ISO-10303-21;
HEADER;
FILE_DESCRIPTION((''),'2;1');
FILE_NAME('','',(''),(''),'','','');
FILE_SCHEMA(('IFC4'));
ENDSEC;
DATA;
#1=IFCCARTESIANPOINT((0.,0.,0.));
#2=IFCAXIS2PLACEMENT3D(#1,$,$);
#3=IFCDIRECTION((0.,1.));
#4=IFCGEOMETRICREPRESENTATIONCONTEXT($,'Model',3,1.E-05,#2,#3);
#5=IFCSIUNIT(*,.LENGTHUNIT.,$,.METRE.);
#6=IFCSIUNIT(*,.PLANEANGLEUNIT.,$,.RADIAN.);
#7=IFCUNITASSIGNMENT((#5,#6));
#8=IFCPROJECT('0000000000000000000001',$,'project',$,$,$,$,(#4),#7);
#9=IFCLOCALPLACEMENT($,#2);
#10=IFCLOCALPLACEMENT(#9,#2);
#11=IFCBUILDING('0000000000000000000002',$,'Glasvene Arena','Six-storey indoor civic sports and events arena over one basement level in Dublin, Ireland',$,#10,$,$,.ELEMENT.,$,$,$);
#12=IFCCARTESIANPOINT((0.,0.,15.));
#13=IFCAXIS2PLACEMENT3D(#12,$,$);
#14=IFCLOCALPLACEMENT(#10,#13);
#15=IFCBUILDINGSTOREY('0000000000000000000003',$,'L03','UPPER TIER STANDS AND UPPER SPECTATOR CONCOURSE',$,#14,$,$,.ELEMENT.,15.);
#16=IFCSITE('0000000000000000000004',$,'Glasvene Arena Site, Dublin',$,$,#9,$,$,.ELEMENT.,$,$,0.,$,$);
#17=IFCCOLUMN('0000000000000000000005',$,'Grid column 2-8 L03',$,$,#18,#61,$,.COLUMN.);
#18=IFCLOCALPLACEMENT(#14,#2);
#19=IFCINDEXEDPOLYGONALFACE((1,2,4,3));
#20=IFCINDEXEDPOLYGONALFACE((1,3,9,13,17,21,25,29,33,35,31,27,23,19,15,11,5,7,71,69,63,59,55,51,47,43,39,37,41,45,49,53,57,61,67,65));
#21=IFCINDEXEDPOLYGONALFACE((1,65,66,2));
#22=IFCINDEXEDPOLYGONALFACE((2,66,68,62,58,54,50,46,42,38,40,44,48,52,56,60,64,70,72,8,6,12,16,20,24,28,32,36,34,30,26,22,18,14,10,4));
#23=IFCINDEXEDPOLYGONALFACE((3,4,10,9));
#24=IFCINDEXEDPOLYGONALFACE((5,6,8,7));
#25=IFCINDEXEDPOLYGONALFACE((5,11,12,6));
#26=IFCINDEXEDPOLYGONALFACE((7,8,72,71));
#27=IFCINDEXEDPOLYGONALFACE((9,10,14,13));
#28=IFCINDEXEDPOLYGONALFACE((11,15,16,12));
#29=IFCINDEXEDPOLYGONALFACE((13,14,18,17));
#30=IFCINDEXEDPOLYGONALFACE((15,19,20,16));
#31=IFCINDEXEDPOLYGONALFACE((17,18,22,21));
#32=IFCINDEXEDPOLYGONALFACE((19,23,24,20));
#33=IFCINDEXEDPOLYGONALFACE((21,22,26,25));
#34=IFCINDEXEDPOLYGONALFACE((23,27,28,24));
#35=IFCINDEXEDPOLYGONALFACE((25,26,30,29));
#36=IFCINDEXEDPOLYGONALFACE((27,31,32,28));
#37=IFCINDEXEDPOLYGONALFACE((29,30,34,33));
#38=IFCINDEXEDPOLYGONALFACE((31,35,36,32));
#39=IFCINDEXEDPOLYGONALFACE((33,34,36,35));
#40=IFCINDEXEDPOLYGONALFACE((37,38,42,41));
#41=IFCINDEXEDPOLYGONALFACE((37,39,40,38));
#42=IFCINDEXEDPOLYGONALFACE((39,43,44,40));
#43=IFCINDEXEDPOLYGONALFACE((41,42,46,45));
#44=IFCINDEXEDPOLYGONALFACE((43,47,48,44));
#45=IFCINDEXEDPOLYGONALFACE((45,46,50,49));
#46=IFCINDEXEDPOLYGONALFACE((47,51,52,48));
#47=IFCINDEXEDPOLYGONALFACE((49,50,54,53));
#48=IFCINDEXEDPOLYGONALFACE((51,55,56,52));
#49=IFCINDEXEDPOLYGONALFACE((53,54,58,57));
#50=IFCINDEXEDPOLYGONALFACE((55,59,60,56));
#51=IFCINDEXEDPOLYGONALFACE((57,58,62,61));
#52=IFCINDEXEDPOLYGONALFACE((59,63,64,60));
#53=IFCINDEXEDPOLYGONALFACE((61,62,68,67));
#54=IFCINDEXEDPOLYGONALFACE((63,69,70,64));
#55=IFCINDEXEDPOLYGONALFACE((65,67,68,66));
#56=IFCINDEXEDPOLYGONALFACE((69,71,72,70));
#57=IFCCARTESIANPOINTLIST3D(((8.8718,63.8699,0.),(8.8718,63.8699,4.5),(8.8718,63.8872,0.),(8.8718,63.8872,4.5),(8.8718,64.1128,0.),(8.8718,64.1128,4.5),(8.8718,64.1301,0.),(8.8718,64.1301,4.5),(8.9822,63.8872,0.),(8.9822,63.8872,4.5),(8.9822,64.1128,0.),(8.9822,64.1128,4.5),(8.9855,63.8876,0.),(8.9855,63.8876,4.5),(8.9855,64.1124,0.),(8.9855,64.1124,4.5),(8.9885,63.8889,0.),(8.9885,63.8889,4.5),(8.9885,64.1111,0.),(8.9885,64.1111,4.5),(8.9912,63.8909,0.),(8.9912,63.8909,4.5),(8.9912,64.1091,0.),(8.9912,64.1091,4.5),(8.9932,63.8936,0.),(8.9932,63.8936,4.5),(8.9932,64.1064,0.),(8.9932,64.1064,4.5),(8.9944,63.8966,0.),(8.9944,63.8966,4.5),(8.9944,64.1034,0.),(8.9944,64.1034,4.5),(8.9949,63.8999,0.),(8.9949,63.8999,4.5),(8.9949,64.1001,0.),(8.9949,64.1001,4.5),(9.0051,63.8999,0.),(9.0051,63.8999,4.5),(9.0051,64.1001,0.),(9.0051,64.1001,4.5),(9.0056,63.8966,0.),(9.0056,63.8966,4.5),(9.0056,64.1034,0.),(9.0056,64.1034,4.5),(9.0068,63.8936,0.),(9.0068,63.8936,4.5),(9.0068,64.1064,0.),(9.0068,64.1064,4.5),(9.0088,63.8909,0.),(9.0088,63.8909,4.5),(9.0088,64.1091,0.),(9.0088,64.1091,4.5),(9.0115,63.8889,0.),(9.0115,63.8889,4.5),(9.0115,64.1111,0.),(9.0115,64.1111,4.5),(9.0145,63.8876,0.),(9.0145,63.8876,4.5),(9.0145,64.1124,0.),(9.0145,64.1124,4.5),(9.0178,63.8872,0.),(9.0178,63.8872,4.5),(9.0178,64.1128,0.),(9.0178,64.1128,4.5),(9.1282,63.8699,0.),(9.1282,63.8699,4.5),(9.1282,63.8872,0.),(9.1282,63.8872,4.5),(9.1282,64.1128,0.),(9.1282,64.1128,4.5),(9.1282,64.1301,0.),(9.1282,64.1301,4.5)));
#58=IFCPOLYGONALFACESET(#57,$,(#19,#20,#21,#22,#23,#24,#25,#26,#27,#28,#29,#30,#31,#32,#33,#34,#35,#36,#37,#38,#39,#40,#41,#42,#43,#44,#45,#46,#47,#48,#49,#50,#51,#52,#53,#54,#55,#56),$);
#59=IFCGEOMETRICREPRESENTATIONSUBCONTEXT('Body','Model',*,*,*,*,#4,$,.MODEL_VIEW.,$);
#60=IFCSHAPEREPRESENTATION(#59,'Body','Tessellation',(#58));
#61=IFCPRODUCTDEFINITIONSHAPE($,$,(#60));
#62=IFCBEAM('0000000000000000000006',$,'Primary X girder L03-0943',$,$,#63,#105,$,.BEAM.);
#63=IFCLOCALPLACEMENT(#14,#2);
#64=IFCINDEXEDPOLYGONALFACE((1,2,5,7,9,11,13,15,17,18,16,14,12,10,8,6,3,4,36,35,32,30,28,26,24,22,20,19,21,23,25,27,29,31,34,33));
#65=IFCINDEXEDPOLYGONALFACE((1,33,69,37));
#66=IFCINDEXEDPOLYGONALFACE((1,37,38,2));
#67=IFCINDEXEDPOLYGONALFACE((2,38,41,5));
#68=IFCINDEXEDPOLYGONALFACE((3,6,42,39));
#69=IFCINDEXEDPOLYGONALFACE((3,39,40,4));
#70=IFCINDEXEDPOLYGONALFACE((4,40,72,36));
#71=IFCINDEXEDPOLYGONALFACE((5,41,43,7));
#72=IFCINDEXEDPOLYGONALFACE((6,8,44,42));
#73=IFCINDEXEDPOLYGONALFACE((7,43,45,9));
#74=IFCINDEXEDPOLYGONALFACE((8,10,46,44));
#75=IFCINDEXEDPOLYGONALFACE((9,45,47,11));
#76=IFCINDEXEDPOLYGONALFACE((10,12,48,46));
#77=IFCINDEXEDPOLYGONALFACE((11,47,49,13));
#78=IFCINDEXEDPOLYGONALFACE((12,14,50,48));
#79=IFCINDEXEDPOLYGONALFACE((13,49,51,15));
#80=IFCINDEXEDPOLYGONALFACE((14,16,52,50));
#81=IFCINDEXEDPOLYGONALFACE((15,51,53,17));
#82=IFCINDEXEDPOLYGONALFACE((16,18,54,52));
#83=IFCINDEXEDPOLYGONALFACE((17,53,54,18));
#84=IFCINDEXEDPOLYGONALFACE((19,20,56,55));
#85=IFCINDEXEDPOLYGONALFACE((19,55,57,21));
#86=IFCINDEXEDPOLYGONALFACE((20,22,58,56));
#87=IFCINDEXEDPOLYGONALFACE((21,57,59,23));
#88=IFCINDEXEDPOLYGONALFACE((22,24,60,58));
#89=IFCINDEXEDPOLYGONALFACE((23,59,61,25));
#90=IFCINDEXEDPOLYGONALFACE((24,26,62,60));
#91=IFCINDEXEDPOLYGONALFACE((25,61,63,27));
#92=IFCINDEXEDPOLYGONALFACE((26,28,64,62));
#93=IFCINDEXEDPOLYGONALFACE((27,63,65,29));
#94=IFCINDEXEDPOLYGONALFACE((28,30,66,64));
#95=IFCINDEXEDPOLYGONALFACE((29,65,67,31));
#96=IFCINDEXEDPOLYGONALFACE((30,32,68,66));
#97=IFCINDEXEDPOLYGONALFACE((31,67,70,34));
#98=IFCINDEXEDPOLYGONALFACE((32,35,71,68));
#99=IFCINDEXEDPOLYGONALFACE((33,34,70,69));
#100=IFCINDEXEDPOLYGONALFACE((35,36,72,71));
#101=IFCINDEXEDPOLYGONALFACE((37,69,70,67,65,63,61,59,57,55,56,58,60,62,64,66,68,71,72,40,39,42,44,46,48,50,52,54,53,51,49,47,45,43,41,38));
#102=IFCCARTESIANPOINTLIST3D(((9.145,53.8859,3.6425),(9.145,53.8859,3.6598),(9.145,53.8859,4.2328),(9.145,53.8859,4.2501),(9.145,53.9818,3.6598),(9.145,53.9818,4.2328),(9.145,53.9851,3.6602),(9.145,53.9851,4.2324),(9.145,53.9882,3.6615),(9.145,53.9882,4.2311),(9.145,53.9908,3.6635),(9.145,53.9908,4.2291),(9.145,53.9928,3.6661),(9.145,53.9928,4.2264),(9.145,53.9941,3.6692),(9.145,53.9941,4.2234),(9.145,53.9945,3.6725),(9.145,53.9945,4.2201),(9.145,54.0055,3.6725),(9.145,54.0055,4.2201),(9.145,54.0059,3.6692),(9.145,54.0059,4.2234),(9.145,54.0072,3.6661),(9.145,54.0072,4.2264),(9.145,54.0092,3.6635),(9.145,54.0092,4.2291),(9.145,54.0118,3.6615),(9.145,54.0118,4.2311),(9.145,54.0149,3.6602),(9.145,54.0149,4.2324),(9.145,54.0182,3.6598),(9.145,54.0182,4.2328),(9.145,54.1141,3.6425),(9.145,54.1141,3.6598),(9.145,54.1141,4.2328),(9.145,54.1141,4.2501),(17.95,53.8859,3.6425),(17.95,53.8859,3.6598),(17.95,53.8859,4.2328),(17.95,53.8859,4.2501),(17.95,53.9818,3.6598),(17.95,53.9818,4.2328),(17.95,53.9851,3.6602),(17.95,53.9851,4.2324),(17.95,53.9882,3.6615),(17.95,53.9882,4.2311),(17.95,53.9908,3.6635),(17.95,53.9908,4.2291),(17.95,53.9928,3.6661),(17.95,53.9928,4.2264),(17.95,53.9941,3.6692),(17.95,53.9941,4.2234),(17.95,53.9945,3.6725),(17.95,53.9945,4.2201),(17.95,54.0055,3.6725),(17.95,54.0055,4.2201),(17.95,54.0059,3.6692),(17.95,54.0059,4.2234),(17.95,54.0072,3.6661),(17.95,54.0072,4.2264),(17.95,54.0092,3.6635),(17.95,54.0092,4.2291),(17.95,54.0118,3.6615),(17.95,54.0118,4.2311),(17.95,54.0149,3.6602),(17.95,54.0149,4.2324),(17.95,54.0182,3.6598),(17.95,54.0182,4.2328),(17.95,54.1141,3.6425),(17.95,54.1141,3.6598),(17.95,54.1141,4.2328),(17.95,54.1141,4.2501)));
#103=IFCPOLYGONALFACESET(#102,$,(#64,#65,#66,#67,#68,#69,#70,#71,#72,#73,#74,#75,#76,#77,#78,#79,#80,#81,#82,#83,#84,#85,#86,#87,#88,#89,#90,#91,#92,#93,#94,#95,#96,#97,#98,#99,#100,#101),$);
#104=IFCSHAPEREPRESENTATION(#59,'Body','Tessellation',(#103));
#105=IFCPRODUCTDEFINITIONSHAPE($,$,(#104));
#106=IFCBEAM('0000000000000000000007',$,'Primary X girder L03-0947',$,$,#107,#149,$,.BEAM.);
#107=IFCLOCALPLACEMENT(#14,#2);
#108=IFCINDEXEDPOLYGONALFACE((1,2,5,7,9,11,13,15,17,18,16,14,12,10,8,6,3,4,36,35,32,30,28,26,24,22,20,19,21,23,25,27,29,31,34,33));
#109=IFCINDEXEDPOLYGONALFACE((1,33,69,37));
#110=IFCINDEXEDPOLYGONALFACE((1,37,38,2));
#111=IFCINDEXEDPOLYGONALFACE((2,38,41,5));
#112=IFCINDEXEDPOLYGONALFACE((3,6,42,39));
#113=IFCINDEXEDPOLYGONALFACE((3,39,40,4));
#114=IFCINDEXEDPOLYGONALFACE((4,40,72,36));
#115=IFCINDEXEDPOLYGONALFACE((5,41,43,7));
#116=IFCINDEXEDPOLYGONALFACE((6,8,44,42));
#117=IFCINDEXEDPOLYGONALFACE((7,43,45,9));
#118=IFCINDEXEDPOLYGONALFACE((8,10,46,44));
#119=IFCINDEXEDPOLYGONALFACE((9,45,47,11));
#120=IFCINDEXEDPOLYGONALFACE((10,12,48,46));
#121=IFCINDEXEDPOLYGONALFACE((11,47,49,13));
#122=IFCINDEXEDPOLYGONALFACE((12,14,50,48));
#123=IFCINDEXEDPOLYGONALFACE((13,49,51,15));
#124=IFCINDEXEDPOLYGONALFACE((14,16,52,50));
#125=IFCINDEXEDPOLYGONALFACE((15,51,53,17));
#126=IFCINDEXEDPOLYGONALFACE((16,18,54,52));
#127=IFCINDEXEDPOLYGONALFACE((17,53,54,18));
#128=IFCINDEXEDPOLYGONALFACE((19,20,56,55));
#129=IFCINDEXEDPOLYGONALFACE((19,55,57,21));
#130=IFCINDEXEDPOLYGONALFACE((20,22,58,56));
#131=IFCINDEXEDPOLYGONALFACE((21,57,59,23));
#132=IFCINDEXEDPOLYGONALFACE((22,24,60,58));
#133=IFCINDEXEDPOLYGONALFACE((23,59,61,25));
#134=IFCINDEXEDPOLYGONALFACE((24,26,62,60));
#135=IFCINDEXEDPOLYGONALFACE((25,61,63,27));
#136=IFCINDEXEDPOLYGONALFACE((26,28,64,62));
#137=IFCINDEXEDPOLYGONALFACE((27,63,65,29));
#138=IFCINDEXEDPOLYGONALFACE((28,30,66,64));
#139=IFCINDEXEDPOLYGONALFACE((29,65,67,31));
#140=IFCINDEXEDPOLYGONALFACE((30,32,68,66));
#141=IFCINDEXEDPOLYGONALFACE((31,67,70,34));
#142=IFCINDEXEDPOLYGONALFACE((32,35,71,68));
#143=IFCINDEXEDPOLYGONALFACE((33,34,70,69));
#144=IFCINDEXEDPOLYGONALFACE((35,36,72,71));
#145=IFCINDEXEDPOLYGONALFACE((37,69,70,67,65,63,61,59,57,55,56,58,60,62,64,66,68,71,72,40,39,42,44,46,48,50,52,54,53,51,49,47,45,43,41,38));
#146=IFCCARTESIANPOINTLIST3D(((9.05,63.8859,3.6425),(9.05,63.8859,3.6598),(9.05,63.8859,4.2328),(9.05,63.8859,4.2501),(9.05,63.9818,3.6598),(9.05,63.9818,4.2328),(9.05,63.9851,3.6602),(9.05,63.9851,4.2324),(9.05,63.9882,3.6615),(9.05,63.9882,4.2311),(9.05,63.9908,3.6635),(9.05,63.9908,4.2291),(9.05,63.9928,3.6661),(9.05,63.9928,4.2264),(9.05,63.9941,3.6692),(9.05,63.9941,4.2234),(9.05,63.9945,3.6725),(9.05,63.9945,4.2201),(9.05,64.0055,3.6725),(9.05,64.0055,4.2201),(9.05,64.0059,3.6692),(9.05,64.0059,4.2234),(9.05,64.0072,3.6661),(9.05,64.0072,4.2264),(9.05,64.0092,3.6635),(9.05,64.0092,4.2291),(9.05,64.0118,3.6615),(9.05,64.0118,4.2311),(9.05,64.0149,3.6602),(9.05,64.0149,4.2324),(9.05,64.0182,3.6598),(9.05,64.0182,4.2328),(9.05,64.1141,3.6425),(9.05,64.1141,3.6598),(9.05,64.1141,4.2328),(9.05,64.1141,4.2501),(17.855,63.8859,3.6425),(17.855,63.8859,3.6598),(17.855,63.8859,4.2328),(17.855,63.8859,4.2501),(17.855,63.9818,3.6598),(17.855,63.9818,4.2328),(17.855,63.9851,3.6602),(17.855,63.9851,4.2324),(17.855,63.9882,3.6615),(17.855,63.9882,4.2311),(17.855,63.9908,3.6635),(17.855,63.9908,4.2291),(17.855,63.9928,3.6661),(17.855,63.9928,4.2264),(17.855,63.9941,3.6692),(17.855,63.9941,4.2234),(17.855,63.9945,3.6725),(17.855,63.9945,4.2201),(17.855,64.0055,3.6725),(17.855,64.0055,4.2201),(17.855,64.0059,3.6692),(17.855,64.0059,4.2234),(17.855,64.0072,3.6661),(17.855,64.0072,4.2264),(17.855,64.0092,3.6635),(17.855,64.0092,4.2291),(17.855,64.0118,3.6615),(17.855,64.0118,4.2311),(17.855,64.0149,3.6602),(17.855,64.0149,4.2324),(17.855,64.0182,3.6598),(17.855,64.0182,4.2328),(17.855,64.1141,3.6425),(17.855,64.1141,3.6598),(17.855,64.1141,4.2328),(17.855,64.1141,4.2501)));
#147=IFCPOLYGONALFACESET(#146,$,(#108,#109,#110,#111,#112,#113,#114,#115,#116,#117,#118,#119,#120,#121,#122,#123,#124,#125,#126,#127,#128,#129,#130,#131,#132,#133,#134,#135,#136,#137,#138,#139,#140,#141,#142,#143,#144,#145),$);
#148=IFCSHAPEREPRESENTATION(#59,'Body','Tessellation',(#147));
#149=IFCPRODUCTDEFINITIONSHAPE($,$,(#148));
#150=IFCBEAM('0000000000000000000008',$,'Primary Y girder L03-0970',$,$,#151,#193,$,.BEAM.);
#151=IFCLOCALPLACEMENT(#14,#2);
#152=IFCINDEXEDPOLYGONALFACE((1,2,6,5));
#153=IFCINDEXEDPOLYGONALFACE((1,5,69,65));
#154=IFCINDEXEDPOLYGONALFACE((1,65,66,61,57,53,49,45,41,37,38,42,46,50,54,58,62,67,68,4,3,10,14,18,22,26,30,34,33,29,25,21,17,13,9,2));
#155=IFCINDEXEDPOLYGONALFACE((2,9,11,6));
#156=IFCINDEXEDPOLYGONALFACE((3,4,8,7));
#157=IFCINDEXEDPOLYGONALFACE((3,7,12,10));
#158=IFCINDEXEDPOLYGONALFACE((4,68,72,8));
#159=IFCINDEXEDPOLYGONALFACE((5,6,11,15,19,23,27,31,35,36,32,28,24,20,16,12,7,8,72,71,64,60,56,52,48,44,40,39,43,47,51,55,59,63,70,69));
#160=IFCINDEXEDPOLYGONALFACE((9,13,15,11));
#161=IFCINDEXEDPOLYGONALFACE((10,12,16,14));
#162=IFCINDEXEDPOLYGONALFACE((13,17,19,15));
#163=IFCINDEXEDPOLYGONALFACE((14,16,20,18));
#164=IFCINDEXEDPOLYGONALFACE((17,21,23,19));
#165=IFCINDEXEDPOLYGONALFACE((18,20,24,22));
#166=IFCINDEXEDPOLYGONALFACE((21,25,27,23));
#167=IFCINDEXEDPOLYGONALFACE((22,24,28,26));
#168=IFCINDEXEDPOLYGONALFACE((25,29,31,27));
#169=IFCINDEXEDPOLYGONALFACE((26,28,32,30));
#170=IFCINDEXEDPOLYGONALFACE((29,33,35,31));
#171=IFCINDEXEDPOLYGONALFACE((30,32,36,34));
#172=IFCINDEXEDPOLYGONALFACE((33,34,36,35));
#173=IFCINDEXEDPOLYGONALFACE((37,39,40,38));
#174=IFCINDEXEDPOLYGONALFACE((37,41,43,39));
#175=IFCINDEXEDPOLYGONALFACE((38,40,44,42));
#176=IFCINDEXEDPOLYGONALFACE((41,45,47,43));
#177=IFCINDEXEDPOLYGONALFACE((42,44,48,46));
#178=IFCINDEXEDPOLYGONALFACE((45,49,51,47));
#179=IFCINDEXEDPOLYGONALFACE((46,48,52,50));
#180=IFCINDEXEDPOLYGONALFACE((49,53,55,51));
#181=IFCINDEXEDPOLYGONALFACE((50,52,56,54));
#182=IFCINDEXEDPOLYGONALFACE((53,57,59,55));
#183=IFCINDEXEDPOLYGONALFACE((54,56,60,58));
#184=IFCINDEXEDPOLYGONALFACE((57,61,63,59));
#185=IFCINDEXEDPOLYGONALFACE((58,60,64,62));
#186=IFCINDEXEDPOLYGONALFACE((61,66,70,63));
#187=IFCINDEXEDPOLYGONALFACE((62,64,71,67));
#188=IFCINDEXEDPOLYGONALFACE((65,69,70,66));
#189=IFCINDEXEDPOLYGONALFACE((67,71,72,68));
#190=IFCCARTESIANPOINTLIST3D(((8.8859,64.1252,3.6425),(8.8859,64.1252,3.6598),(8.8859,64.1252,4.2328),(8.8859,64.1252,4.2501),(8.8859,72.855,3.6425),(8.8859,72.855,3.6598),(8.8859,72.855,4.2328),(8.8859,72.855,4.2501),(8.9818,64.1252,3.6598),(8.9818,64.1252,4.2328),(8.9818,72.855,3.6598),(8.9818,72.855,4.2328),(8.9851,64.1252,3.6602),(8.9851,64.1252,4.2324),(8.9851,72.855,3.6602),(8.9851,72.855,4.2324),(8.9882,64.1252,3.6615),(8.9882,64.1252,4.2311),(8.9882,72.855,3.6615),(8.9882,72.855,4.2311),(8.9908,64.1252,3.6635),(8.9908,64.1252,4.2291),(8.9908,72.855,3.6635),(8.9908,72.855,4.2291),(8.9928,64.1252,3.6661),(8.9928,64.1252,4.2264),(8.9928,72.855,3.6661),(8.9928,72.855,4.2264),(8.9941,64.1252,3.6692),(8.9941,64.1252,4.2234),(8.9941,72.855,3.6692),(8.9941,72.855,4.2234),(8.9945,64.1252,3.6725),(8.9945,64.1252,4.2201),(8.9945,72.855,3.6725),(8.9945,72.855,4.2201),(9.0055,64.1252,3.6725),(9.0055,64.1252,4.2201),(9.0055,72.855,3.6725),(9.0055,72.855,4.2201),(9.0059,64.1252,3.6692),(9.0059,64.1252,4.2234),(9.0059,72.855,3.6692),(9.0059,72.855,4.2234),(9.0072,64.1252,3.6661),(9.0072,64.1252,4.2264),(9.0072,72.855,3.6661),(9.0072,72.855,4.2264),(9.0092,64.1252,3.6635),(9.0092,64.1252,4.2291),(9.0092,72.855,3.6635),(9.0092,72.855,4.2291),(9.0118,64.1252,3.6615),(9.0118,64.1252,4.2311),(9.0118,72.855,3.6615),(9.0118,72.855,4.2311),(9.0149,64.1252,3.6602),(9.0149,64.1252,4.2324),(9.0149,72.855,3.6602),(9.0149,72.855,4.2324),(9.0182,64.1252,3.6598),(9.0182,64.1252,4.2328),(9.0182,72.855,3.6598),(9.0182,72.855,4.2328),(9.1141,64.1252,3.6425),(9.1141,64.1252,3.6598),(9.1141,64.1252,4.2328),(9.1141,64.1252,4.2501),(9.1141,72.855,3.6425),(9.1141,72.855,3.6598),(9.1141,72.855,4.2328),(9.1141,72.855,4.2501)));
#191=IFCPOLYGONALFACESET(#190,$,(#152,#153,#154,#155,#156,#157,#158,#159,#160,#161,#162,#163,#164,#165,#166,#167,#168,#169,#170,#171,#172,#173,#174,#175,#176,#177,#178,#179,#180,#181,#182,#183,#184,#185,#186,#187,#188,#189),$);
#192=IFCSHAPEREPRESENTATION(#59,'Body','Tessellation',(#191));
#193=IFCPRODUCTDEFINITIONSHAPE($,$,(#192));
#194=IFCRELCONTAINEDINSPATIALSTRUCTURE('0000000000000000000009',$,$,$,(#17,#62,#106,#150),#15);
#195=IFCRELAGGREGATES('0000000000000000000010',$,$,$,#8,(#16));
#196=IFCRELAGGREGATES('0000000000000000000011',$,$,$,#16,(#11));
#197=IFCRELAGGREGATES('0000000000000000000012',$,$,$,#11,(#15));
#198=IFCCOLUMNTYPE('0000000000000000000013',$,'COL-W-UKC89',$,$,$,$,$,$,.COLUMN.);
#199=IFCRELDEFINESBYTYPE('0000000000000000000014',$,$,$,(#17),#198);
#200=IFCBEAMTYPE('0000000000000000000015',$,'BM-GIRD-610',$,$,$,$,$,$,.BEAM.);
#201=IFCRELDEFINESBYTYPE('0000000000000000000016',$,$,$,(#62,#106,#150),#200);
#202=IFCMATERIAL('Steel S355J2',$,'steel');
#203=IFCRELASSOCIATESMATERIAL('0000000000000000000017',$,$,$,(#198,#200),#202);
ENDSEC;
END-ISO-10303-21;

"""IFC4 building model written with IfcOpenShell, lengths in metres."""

from ifc_helpers import new_model, si_unit, direction, frame, origin, origin_2d, place, context, subcontext, project, spatial, i_section, extrude, material, material_profile, profile_set, type_object, element, save


model = new_model("IFC4")

# Units and contexts
model_context = context("Model", 3, precision=1e-05, world=origin(), true_north=direction((0.0, 1.0)))
body_context = subcontext(model_context, "Body", "Model", "MODEL_VIEW")
ifc_project = project(units=[si_unit("LENGTHUNIT", "METRE"), si_unit("PLANEANGLEUNIT", "RADIAN")], contexts=[model_context])

# Site, building, storey
site_placement = place(None, origin())
site = spatial("IfcSite", under=ifc_project, at=site_placement, Name="Glasvene Arena Site, Dublin", CompositionType="ELEMENT", RefElevation=0.0)
building_placement = place(site_placement, origin())
building = spatial("IfcBuilding", under=site, at=building_placement, Name="Glasvene Arena", Description="Six-storey indoor civic sports and events arena over one basement level in Dublin, Ireland", CompositionType="ELEMENT")
storey_placement = place(building_placement, frame((0.0, 0.0, 15.0)))
storey = spatial("IfcBuildingStorey", under=building, at=storey_placement, Name="L03", Description="UPPER TIER STANDS AND UPPER SPECTATOR CONCOURSE", CompositionType="ELEMENT", Elevation=15.0)

# Column
ifc_material_1 = material(Name="Steel S355J2", Category="steel")
ifc_material_profile_1 = material_profile(ifc_material_1, i_section(OverallWidth=0.2563, OverallDepth=0.2603, WebThickness=0.0103, FlangeThickness=0.0173, FilletRadius=0.0127, at=origin_2d()), Name="UKC 254x254x89")
ifc_profile_set_1 = profile_set([ifc_material_profile_1], Name="Steel S355J2")
column_type = type_object("IfcColumnType", Name="COL-W-UKC89", PredefinedType="COLUMN", material=ifc_profile_set_1)
column_placement = place(storey_placement, frame((9.0, 64.0, 0.0), z_axis=(0.0, 0.0, 1.0), x_axis=(1.0, 0.0, 0.0)))
element("IfcColumn", 1, at=column_placement, inside=storey, type_object=column_type, Name="Grid column 2-8 L03", PredefinedType="COLUMN", context=body_context, shape_type="SweptSolid", body=[
    extrude(i_section(OverallWidth=0.2563, OverallDepth=0.2603, WebThickness=0.0103, FlangeThickness=0.0173, FilletRadius=0.0127, at=origin_2d()), origin(), (0.0, 0.0, 1.0), 4.5),
])

# Beams
ifc_material_profile_2 = material_profile(ifc_material_1, i_section(OverallWidth=0.2283, OverallDepth=0.6077, WebThickness=0.011, FlangeThickness=0.0173, FilletRadius=0.0127, at=origin_2d()), Name="UKB 610x229x113")
ifc_profile_set_2 = profile_set([ifc_material_profile_2], Name="Steel S355J2")
beam_type_1 = type_object("IfcBeamType", Name="BM-GIRD-610", PredefinedType="BEAM", material=ifc_profile_set_2)
for number, where, z_axis, x_axis, name in (
    (2, (9.145, 54.0, 3.9463), (1.0, 0.0, 0.0), (0.0, 1.0, 0.0), "Primary X girder L03-0943"),
    (3, (9.05, 64.0, 3.9463), (1.0, 0.0, 0.0), (0.0, 1.0, 0.0), "Primary X girder L03-0947"),
):
    element("IfcBeam", number, at=place(storey_placement, frame(where, z_axis=z_axis, x_axis=x_axis)), inside=storey, type_object=beam_type_1, Name=name, PredefinedType="BEAM", context=body_context, shape_type="SweptSolid", body=[
        extrude(i_section(OverallWidth=0.2283, OverallDepth=0.6077, WebThickness=0.011, FlangeThickness=0.0173, FilletRadius=0.0127, at=origin_2d()), origin(), (0.0, 0.0, 1.0), 8.8049),
    ])
beam_1_placement = place(storey_placement, frame((9.0, 64.1252, 3.9463), z_axis=(0.0, 1.0, 0.0), x_axis=(-1.0, 0.0, 0.0)))
element("IfcBeam", 4, at=beam_1_placement, inside=storey, type_object=beam_type_1, Name="Primary Y girder L03-0970", PredefinedType="BEAM", context=body_context, shape_type="SweptSolid", body=[
    extrude(i_section(OverallWidth=0.2283, OverallDepth=0.6077, WebThickness=0.011, FlangeThickness=0.0173, FilletRadius=0.0127, at=origin_2d()), origin(), (0.0, 0.0, 1.0), 8.7297),
])

save(model, "model.ifc")
